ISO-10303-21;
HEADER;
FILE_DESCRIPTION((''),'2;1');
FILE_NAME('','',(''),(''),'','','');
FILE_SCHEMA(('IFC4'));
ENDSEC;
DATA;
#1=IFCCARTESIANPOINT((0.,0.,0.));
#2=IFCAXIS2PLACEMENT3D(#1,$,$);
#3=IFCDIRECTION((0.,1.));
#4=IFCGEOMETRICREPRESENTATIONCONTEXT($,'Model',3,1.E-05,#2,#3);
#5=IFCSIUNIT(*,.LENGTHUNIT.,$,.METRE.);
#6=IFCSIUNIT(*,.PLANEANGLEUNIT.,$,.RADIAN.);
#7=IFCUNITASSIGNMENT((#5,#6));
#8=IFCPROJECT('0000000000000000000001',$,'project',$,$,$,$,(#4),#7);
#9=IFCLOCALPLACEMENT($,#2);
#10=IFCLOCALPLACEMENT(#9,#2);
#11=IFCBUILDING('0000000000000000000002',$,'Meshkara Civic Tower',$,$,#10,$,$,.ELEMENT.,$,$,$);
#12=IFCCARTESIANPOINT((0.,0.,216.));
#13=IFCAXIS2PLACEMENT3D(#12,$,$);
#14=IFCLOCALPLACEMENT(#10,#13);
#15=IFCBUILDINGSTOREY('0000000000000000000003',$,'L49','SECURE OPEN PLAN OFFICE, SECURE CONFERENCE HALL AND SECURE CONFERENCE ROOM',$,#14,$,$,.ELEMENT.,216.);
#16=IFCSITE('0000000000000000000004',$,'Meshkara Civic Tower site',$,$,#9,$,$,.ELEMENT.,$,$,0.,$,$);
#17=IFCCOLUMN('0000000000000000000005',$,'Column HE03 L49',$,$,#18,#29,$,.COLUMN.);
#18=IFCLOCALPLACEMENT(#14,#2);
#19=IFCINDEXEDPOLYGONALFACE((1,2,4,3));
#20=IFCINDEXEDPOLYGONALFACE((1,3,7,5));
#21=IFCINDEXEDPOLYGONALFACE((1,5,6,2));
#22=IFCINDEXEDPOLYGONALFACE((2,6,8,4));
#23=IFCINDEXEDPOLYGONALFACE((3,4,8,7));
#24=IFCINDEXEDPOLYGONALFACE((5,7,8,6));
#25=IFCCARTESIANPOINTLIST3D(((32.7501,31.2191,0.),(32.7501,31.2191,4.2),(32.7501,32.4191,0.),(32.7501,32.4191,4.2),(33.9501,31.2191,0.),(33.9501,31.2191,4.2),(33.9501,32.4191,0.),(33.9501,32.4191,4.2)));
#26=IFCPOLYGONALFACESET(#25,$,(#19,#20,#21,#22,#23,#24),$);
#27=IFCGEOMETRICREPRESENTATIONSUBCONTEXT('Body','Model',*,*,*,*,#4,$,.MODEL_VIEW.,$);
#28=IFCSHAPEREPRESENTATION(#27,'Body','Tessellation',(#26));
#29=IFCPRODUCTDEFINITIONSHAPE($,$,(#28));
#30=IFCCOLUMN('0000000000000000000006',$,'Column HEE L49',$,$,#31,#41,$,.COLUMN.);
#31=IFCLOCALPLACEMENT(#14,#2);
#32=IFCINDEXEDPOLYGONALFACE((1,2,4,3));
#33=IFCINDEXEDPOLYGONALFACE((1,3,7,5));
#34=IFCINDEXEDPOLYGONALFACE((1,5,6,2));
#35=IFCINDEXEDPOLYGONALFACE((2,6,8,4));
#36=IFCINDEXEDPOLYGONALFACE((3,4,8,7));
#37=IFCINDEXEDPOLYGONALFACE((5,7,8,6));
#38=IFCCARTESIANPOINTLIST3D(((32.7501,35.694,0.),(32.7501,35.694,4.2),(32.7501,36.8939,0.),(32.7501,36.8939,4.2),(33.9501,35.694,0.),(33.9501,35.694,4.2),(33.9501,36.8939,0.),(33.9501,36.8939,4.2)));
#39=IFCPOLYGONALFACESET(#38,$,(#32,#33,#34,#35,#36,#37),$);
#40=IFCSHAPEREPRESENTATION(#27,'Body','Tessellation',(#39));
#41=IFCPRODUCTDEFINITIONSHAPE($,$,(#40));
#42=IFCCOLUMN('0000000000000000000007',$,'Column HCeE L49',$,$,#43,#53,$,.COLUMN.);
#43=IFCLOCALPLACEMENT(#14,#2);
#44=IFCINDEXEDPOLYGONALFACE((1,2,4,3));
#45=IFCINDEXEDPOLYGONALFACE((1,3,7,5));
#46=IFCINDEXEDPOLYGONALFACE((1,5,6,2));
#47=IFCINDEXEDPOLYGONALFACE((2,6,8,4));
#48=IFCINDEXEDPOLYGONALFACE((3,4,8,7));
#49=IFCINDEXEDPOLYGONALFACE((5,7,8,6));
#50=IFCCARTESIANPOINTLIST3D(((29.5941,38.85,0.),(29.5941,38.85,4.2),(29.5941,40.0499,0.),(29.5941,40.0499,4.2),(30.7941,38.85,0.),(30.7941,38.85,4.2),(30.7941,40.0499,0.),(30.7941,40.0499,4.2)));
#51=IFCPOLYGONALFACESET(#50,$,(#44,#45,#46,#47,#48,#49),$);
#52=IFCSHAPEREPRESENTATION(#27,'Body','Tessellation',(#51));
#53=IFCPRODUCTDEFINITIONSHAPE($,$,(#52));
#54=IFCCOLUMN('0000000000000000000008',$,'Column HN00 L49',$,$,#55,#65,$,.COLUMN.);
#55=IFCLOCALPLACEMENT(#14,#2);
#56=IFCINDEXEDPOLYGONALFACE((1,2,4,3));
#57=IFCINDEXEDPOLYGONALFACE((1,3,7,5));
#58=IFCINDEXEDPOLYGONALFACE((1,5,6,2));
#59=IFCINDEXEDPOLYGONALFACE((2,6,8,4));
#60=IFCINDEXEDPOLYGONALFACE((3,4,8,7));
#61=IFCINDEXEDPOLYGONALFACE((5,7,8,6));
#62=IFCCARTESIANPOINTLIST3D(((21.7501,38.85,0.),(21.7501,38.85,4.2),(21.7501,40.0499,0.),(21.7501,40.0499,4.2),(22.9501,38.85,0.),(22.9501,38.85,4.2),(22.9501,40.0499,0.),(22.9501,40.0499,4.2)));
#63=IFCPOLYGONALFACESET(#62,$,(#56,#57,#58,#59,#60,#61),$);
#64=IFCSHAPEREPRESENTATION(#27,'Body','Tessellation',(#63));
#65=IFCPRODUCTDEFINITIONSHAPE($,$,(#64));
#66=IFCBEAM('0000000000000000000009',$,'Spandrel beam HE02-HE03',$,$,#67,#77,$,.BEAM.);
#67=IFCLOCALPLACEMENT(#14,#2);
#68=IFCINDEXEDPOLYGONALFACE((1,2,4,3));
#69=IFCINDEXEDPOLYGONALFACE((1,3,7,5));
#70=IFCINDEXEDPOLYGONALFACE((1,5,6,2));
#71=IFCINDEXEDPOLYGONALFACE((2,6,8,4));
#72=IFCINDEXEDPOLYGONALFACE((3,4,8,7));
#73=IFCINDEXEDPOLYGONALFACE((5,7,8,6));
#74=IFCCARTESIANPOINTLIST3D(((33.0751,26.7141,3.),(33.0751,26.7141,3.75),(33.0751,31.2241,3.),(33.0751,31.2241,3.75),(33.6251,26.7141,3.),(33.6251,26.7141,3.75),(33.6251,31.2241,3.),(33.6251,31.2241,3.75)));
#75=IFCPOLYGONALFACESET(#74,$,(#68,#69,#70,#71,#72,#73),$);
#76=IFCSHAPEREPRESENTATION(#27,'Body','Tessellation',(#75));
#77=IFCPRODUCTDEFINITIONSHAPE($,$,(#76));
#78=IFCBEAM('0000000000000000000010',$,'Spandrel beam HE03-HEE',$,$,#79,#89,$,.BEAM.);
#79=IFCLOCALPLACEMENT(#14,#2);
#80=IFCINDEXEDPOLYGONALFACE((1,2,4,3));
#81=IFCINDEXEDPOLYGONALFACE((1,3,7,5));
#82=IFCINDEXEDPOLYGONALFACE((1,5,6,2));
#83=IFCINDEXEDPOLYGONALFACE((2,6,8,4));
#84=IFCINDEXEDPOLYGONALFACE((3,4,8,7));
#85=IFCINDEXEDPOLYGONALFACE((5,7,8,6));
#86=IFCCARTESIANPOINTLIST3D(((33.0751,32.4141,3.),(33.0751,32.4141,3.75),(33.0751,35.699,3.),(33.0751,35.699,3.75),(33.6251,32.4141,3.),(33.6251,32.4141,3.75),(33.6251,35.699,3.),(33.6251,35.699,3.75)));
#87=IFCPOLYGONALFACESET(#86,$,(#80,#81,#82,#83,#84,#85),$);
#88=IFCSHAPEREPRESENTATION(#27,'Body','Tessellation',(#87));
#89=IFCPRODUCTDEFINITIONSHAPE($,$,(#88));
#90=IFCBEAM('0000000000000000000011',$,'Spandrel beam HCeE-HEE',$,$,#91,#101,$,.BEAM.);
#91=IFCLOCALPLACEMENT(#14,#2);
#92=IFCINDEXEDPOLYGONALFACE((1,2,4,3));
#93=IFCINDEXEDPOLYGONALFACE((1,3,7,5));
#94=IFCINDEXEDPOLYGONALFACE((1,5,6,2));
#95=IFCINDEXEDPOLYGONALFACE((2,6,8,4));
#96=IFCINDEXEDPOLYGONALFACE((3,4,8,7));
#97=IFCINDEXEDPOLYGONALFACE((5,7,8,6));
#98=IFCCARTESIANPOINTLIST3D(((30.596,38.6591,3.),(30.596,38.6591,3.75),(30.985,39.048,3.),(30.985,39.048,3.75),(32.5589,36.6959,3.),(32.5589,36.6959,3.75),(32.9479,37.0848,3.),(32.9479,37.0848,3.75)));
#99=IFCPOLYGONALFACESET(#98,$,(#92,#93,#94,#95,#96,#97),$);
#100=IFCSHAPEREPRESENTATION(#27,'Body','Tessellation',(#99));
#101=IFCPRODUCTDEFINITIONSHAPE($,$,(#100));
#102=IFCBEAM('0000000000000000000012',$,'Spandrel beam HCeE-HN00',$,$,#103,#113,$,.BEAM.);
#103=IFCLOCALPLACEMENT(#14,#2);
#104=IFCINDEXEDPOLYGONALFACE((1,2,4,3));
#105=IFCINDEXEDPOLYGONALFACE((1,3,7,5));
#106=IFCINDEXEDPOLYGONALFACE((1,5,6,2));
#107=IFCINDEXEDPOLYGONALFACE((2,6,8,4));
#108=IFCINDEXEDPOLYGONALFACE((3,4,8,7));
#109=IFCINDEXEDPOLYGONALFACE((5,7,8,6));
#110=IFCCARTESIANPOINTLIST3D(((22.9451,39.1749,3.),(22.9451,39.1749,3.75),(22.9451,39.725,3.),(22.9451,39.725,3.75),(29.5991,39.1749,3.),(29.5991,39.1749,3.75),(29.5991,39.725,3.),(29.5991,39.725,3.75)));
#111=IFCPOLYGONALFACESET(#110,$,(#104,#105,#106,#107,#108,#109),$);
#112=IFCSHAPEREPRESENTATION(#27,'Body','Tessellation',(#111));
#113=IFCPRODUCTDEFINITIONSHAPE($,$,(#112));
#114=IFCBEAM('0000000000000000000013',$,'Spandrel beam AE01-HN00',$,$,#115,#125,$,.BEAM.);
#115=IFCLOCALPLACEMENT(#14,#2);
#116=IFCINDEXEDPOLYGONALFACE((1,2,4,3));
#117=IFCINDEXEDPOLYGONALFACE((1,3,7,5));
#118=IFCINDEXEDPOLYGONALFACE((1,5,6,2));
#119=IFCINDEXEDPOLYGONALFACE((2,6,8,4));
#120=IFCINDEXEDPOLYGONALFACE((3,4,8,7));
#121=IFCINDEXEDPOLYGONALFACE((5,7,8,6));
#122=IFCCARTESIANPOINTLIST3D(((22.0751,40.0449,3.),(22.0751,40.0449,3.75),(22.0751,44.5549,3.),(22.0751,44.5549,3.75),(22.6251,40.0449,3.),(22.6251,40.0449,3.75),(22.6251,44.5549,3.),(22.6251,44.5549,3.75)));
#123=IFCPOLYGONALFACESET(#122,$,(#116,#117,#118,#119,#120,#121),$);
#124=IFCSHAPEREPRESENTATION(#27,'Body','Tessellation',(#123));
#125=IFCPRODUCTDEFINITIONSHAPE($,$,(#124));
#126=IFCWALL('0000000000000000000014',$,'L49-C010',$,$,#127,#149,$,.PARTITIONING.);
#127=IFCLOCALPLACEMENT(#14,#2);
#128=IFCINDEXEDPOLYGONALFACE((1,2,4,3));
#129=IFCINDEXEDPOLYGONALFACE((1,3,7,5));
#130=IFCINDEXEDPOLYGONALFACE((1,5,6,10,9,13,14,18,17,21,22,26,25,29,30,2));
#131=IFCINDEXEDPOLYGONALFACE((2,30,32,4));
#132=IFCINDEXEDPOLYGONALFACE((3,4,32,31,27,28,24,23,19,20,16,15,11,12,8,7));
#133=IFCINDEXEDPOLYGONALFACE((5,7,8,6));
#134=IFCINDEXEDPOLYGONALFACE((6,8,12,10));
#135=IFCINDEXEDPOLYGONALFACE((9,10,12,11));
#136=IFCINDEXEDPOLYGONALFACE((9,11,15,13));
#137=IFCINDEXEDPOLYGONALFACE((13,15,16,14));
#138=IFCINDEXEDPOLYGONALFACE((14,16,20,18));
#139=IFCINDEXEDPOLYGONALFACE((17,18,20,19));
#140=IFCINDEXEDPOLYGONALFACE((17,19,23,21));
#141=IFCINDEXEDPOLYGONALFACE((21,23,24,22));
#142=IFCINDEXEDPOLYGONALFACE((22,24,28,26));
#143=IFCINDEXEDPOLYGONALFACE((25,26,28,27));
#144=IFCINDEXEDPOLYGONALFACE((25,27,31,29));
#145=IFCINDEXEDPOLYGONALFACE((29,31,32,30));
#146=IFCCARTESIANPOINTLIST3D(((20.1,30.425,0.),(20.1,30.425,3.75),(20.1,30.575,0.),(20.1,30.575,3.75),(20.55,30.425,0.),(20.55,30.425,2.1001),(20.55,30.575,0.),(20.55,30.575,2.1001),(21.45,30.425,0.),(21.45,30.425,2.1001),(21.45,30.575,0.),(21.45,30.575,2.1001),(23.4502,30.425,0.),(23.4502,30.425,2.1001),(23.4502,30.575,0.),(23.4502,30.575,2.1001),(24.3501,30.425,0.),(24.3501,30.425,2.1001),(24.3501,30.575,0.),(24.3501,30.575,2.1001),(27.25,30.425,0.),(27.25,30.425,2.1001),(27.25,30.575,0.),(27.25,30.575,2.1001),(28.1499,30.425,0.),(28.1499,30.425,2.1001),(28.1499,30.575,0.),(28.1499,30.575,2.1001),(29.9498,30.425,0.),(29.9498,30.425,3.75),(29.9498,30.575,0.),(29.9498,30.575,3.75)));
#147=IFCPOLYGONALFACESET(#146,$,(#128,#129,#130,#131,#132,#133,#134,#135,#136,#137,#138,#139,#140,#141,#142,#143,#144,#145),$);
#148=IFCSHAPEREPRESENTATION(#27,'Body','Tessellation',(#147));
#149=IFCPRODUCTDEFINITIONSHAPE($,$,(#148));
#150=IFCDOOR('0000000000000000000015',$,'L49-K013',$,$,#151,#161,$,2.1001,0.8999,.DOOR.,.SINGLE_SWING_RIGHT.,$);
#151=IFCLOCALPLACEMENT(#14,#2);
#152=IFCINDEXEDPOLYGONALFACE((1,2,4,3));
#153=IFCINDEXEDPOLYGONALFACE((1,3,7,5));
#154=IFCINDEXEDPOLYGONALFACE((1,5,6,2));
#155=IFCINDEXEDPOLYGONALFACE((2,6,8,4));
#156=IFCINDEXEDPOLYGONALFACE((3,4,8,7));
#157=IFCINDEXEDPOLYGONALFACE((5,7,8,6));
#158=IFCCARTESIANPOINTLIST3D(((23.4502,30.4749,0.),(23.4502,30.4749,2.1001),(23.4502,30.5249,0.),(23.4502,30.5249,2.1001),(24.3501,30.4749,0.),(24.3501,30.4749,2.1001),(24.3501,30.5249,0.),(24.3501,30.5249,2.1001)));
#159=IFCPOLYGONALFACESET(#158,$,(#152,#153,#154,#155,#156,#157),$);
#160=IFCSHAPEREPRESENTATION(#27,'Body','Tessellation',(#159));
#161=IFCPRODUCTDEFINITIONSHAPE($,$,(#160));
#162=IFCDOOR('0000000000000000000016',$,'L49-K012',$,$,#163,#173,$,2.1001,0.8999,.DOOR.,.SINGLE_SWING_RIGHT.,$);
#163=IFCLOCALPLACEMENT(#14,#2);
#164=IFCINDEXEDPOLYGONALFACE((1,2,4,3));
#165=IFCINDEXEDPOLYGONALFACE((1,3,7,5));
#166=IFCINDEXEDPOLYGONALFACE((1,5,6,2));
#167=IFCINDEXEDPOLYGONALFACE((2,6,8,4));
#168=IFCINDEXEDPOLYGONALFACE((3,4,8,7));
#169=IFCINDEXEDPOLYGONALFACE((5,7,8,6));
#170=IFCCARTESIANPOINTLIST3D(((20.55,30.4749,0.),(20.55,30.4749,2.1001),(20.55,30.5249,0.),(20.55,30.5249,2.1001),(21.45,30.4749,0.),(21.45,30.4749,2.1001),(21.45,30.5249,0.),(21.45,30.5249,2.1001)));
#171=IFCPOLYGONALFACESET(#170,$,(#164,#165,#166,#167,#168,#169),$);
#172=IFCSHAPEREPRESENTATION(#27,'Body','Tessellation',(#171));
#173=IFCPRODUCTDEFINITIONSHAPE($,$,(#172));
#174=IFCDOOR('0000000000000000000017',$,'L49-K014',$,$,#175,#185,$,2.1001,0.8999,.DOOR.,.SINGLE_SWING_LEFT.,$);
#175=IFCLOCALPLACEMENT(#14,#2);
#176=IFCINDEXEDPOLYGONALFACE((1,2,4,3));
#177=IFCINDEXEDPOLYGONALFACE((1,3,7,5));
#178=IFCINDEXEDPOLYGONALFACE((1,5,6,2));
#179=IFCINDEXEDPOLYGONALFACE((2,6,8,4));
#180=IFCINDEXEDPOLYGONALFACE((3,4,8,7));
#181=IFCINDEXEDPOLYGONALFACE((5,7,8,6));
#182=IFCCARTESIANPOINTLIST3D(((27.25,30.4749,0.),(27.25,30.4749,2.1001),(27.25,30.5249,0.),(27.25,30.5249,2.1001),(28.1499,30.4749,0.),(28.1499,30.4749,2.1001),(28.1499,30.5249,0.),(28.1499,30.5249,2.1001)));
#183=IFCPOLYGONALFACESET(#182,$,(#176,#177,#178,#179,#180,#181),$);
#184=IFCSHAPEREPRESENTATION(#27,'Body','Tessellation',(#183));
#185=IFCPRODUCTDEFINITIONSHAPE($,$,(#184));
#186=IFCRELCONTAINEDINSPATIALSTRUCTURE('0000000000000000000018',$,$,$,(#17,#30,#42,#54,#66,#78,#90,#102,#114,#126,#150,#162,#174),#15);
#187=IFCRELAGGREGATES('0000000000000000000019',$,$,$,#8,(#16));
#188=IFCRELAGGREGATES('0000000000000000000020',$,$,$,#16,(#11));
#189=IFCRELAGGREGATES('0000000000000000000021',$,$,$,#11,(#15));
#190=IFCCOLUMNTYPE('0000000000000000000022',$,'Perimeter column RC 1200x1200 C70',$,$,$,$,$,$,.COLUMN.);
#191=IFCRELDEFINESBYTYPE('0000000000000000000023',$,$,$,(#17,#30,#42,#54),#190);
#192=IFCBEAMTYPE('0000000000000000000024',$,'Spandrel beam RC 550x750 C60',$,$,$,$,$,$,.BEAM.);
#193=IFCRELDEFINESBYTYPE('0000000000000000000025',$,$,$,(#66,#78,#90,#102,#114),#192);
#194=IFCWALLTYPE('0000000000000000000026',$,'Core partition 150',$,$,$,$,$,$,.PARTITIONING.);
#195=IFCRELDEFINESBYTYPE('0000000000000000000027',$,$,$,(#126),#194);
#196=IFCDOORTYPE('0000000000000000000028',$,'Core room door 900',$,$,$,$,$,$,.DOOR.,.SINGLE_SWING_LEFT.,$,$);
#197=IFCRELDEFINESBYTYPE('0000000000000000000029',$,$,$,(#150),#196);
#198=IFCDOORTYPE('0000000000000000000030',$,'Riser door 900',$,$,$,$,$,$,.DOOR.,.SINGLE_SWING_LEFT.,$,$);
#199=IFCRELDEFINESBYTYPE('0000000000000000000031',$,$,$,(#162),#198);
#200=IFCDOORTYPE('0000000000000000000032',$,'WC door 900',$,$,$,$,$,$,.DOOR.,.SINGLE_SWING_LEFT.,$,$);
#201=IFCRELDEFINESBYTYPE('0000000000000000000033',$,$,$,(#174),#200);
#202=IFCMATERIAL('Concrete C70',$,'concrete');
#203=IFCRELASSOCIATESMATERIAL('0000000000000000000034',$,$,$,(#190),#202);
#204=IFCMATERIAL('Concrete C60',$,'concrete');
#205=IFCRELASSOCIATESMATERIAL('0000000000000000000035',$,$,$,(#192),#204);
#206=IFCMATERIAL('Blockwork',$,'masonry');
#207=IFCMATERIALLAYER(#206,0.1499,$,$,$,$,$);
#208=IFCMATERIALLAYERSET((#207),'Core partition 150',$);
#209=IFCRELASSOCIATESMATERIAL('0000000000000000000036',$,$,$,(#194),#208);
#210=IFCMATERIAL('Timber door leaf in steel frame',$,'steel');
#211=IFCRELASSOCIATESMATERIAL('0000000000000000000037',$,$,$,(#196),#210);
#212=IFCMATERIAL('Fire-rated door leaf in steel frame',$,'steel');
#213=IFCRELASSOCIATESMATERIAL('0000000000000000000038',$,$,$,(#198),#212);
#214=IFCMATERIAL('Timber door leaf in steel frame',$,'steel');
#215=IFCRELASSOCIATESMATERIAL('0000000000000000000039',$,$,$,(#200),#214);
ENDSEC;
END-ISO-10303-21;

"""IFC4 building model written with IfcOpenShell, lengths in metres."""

from ifc_helpers import new_model, si_unit, direction, frame, frame_2d, origin, origin_2d, place, context, subcontext, project, spatial, rectangle, extrude, material, layer, layer_set, material_profile, profile_set, type_object, element, fill, save


model = new_model("IFC4")

# Units and contexts
model_context = context("Model", 3, precision=1e-05, world=origin(), true_north=direction((0.0, 1.0)))
body_context = subcontext(model_context, "Body", "Model", "MODEL_VIEW")
ifc_project = project(units=[si_unit("LENGTHUNIT", "METRE"), si_unit("PLANEANGLEUNIT", "RADIAN")], contexts=[model_context])

# Site, building, storey
site_placement = place(None, origin())
site = spatial("IfcSite", under=ifc_project, at=site_placement, Name="Meshkara Civic Tower site", CompositionType="ELEMENT", RefElevation=0.0)
building_placement = place(site_placement, origin())
building = spatial("IfcBuilding", under=site, at=building_placement, Name="Meshkara Civic Tower", CompositionType="ELEMENT")
storey_placement = place(building_placement, frame((0.0, 0.0, 216.0)))
storey = spatial("IfcBuildingStorey", under=building, at=storey_placement, Name="L49", Description="SECURE OPEN PLAN OFFICE, SECURE CONFERENCE HALL AND SECURE CONFERENCE ROOM", CompositionType="ELEMENT", Elevation=216.0)

# Columns
ifc_material_1 = material(Name="Concrete C70", Category="concrete")
ifc_material_profile_1 = material_profile(ifc_material_1, rectangle(XDim=1.2, YDim=1.2, at=origin_2d()))
ifc_profile_set_1 = profile_set([ifc_material_profile_1], Name="Concrete C70")
column_type = type_object("IfcColumnType", Name="Perimeter column RC 1200x1200 C70", PredefinedType="COLUMN", material=ifc_profile_set_1)
for number, where, z_axis, x_axis, name in (
    (1, (33.3501, 31.8191, 0.0), (0.0, 0.0, 1.0), (1.0, 0.0, 0.0), "Column HE03 L49"),
    (2, (33.3501, 36.2939, 0.0), (0.0, 0.0, 1.0), (1.0, 0.0, 0.0), "Column HEE L49"),
    (3, (30.1941, 39.45, 0.0), (0.0, 0.0, 1.0), (1.0, 0.0, 0.0), "Column HCeE L49"),
    (4, (22.3501, 39.45, 0.0), (0.0, 0.0, 1.0), (1.0, 0.0, 0.0), "Column HN00 L49"),
):
    element("IfcColumn", number, at=place(storey_placement, frame(where, z_axis=z_axis, x_axis=x_axis)), inside=storey, type_object=column_type, Name=name, PredefinedType="COLUMN", context=body_context, shape_type="SweptSolid", body=[
        extrude(rectangle(XDim=1.2, YDim=1.2, at=origin_2d()), origin(), (0.0, 0.0, 1.0), 4.2),
    ])

# Beams
ifc_material_2 = material(Name="Concrete C60", Category="concrete")
ifc_material_profile_2 = material_profile(ifc_material_2, rectangle(XDim=0.55, YDim=0.75, at=origin_2d()))
ifc_profile_set_2 = profile_set([ifc_material_profile_2], Name="Concrete C60")
beam_type = type_object("IfcBeamType", Name="Spandrel beam RC 550x750 C60", PredefinedType="BEAM", material=ifc_profile_set_2)
beam_1_placement = place(storey_placement, frame((33.3501, 26.7141, 3.375), z_axis=(0.0, 1.0, 0.0), x_axis=(-1.0, 0.0, 0.0)))
element("IfcBeam", 5, at=beam_1_placement, inside=storey, type_object=beam_type, Name="Spandrel beam HE02-HE03", PredefinedType="BEAM", context=body_context, shape_type="SweptSolid", body=[
    extrude(rectangle(XDim=0.55, YDim=0.75, at=origin_2d()), origin(), (0.0, 0.0, 1.0), 4.51),
])
beam_2_placement = place(storey_placement, frame((33.3501, 32.4141, 3.375), z_axis=(0.0, 1.0, 0.0), x_axis=(-1.0, 0.0, 0.0)))
element("IfcBeam", 6, at=beam_2_placement, inside=storey, type_object=beam_type, Name="Spandrel beam HE03-HEE", PredefinedType="BEAM", context=body_context, shape_type="SweptSolid", body=[
    extrude(rectangle(XDim=0.55, YDim=0.75, at=origin_2d()), origin(), (0.0, 0.0, 1.0), 3.2849),
])
beam_3_placement = place(storey_placement, frame((32.7534, 36.8904, 3.375), z_axis=(-0.707063, 0.707151, 0.0), x_axis=(-0.707151, -0.707063, 0.0)))
element("IfcBeam", 7, at=beam_3_placement, inside=storey, type_object=beam_type, Name="Spandrel beam HCeE-HEE", PredefinedType="BEAM", context=body_context, shape_type="SweptSolid", body=[
    extrude(rectangle(XDim=0.55, YDim=0.75, at=origin_2d()), origin(), (0.0, 0.0, 1.0), 2.7761),
])
beam_4_placement = place(storey_placement, frame((29.5991, 39.45, 3.375), z_axis=(-1.0, 0.0, 0.0), x_axis=(0.0, -1.0, 0.0)))
element("IfcBeam", 8, at=beam_4_placement, inside=storey, type_object=beam_type, Name="Spandrel beam HCeE-HN00", PredefinedType="BEAM", context=body_context, shape_type="SweptSolid", body=[
    extrude(rectangle(XDim=0.55, YDim=0.75, at=origin_2d()), origin(), (0.0, 0.0, 1.0), 6.6541),
])
beam_5_placement = place(storey_placement, frame((22.3501, 40.0449, 3.375), z_axis=(0.0, 1.0, 0.0), x_axis=(-1.0, 0.0, 0.0)))
element("IfcBeam", 9, at=beam_5_placement, inside=storey, type_object=beam_type, Name="Spandrel beam AE01-HN00", PredefinedType="BEAM", context=body_context, shape_type="SweptSolid", body=[
    extrude(rectangle(XDim=0.55, YDim=0.75, at=origin_2d()), origin(), (0.0, 0.0, 1.0), 4.51),
])

# Wall, openings, doors
ifc_material_3 = material(Name="Blockwork", Category="masonry")
ifc_layer_1 = layer(ifc_material_3, 0.1499)
ifc_layer_set_1 = layer_set([ifc_layer_1], Name="Core partition 150")
wall_type_1 = type_object("IfcWallType", Name="Core partition 150", PredefinedType="PARTITIONING", material=ifc_layer_set_1)
wall_1_placement = place(storey_placement, frame((20.1001, 30.5, 0.0), z_axis=(0.0, 0.0, 1.0), x_axis=(1.0, 0.0, 0.0)))
wall_1 = element("IfcWall", 10, at=wall_1_placement, inside=storey, type_object=wall_type_1, Name="L49-C010", PredefinedType="PARTITIONING", context=body_context, shape_type="SweptSolid", body=[
    extrude(rectangle(XDim=9.8499, YDim=0.1499, at=frame_2d((4.9248, 0.0))), origin(), (0.0, 0.0, 1.0), 3.75),
])
opening_1_placement = place(wall_1_placement, frame((0.45, 0.0, 0.0)))
opening_1 = element("IfcOpeningElement", 11, at=opening_1_placement, cuts=wall_1, PredefinedType="OPENING", context=body_context, shape_type="SweptSolid", body=[
    extrude(rectangle(XDim=0.8999, YDim=2.1001, at=frame_2d((0.45, 1.05))), frame((0.0, 0.085, 0.0), z_axis=(0.0, -1.0, 0.0), x_axis=(1.0, 0.0, 0.0)), (0.0, 0.0, 1.0), 0.1699),
])
opening_2_placement = place(wall_1_placement, frame((3.3501, 0.0, 0.0)))
opening_2 = element("IfcOpeningElement", 12, at=opening_2_placement, cuts=wall_1, PredefinedType="OPENING", context=body_context, shape_type="SweptSolid", body=[
    extrude(rectangle(XDim=0.8999, YDim=2.1001, at=frame_2d((0.45, 1.05))), frame((0.0, 0.085, 0.0), z_axis=(0.0, -1.0, 0.0), x_axis=(1.0, 0.0, 0.0)), (0.0, 0.0, 1.0), 0.1699),
])
opening_3_placement = place(wall_1_placement, frame((7.1499, 0.0, 0.0)))
opening_3 = element("IfcOpeningElement", 13, at=opening_3_placement, cuts=wall_1, PredefinedType="OPENING", context=body_context, shape_type="SweptSolid", body=[
    extrude(rectangle(XDim=0.8999, YDim=2.1001, at=frame_2d((0.45, 1.05))), frame((0.0, 0.085, 0.0), z_axis=(0.0, -1.0, 0.0), x_axis=(1.0, 0.0, 0.0)), (0.0, 0.0, 1.0), 0.1699),
])
ifc_material_4 = material(Name="Timber door leaf in steel frame", Category="steel")
door_type_1 = type_object("IfcDoorType", Name="Core room door 900", OperationType="SINGLE_SWING_LEFT", PredefinedType="DOOR", material=ifc_material_4)
door_1_placement = place(opening_2_placement, origin())
door_1 = element("IfcDoor", 14, at=door_1_placement, inside=storey, type_object=door_type_1, Name="L49-K013", OperationType="SINGLE_SWING_RIGHT", OverallHeight=2.1001, OverallWidth=0.8999, PredefinedType="DOOR", context=body_context, shape_type="SweptSolid", body=[
    extrude(rectangle(XDim=0.8999, YDim=2.1001, at=frame_2d((0.45, 1.05))), frame((0.0, 0.0249, 0.0), z_axis=(0.0, -1.0, 0.0), x_axis=(1.0, 0.0, 0.0)), (0.0, 0.0, 1.0), 0.05),
])
fill(opening_2, door_1)
ifc_material_5 = material(Name="Fire-rated door leaf in steel frame", Category="steel")
door_type_2 = type_object("IfcDoorType", Name="Riser door 900", OperationType="SINGLE_SWING_LEFT", PredefinedType="DOOR", material=ifc_material_5)
door_2_placement = place(opening_1_placement, origin())
door_2 = element("IfcDoor", 15, at=door_2_placement, inside=storey, type_object=door_type_2, Name="L49-K012", OperationType="SINGLE_SWING_RIGHT", OverallHeight=2.1001, OverallWidth=0.8999, PredefinedType="DOOR", context=body_context, shape_type="SweptSolid", body=[
    extrude(rectangle(XDim=0.8999, YDim=2.1001, at=frame_2d((0.45, 1.05))), frame((0.0, 0.0249, 0.0), z_axis=(0.0, -1.0, 0.0), x_axis=(1.0, 0.0, 0.0)), (0.0, 0.0, 1.0), 0.05),
])
fill(opening_1, door_2)
ifc_material_6 = material(Name="Timber door leaf in steel frame", Category="steel")
door_type_3 = type_object("IfcDoorType", Name="WC door 900", OperationType="SINGLE_SWING_LEFT", PredefinedType="DOOR", material=ifc_material_6)
door_3_placement = place(opening_3_placement, origin())
door_3 = element("IfcDoor", 16, at=door_3_placement, inside=storey, type_object=door_type_3, Name="L49-K014", OperationType="SINGLE_SWING_LEFT", OverallHeight=2.1001, OverallWidth=0.8999, PredefinedType="DOOR", context=body_context, shape_type="SweptSolid", body=[
    extrude(rectangle(XDim=0.8999, YDim=2.1001, at=frame_2d((0.45, 1.05))), frame((0.0, 0.0249, 0.0), z_axis=(0.0, -1.0, 0.0), x_axis=(1.0, 0.0, 0.0)), (0.0, 0.0, 1.0), 0.05),
])
fill(opening_3, door_3)

save(model, "model.ifc")
